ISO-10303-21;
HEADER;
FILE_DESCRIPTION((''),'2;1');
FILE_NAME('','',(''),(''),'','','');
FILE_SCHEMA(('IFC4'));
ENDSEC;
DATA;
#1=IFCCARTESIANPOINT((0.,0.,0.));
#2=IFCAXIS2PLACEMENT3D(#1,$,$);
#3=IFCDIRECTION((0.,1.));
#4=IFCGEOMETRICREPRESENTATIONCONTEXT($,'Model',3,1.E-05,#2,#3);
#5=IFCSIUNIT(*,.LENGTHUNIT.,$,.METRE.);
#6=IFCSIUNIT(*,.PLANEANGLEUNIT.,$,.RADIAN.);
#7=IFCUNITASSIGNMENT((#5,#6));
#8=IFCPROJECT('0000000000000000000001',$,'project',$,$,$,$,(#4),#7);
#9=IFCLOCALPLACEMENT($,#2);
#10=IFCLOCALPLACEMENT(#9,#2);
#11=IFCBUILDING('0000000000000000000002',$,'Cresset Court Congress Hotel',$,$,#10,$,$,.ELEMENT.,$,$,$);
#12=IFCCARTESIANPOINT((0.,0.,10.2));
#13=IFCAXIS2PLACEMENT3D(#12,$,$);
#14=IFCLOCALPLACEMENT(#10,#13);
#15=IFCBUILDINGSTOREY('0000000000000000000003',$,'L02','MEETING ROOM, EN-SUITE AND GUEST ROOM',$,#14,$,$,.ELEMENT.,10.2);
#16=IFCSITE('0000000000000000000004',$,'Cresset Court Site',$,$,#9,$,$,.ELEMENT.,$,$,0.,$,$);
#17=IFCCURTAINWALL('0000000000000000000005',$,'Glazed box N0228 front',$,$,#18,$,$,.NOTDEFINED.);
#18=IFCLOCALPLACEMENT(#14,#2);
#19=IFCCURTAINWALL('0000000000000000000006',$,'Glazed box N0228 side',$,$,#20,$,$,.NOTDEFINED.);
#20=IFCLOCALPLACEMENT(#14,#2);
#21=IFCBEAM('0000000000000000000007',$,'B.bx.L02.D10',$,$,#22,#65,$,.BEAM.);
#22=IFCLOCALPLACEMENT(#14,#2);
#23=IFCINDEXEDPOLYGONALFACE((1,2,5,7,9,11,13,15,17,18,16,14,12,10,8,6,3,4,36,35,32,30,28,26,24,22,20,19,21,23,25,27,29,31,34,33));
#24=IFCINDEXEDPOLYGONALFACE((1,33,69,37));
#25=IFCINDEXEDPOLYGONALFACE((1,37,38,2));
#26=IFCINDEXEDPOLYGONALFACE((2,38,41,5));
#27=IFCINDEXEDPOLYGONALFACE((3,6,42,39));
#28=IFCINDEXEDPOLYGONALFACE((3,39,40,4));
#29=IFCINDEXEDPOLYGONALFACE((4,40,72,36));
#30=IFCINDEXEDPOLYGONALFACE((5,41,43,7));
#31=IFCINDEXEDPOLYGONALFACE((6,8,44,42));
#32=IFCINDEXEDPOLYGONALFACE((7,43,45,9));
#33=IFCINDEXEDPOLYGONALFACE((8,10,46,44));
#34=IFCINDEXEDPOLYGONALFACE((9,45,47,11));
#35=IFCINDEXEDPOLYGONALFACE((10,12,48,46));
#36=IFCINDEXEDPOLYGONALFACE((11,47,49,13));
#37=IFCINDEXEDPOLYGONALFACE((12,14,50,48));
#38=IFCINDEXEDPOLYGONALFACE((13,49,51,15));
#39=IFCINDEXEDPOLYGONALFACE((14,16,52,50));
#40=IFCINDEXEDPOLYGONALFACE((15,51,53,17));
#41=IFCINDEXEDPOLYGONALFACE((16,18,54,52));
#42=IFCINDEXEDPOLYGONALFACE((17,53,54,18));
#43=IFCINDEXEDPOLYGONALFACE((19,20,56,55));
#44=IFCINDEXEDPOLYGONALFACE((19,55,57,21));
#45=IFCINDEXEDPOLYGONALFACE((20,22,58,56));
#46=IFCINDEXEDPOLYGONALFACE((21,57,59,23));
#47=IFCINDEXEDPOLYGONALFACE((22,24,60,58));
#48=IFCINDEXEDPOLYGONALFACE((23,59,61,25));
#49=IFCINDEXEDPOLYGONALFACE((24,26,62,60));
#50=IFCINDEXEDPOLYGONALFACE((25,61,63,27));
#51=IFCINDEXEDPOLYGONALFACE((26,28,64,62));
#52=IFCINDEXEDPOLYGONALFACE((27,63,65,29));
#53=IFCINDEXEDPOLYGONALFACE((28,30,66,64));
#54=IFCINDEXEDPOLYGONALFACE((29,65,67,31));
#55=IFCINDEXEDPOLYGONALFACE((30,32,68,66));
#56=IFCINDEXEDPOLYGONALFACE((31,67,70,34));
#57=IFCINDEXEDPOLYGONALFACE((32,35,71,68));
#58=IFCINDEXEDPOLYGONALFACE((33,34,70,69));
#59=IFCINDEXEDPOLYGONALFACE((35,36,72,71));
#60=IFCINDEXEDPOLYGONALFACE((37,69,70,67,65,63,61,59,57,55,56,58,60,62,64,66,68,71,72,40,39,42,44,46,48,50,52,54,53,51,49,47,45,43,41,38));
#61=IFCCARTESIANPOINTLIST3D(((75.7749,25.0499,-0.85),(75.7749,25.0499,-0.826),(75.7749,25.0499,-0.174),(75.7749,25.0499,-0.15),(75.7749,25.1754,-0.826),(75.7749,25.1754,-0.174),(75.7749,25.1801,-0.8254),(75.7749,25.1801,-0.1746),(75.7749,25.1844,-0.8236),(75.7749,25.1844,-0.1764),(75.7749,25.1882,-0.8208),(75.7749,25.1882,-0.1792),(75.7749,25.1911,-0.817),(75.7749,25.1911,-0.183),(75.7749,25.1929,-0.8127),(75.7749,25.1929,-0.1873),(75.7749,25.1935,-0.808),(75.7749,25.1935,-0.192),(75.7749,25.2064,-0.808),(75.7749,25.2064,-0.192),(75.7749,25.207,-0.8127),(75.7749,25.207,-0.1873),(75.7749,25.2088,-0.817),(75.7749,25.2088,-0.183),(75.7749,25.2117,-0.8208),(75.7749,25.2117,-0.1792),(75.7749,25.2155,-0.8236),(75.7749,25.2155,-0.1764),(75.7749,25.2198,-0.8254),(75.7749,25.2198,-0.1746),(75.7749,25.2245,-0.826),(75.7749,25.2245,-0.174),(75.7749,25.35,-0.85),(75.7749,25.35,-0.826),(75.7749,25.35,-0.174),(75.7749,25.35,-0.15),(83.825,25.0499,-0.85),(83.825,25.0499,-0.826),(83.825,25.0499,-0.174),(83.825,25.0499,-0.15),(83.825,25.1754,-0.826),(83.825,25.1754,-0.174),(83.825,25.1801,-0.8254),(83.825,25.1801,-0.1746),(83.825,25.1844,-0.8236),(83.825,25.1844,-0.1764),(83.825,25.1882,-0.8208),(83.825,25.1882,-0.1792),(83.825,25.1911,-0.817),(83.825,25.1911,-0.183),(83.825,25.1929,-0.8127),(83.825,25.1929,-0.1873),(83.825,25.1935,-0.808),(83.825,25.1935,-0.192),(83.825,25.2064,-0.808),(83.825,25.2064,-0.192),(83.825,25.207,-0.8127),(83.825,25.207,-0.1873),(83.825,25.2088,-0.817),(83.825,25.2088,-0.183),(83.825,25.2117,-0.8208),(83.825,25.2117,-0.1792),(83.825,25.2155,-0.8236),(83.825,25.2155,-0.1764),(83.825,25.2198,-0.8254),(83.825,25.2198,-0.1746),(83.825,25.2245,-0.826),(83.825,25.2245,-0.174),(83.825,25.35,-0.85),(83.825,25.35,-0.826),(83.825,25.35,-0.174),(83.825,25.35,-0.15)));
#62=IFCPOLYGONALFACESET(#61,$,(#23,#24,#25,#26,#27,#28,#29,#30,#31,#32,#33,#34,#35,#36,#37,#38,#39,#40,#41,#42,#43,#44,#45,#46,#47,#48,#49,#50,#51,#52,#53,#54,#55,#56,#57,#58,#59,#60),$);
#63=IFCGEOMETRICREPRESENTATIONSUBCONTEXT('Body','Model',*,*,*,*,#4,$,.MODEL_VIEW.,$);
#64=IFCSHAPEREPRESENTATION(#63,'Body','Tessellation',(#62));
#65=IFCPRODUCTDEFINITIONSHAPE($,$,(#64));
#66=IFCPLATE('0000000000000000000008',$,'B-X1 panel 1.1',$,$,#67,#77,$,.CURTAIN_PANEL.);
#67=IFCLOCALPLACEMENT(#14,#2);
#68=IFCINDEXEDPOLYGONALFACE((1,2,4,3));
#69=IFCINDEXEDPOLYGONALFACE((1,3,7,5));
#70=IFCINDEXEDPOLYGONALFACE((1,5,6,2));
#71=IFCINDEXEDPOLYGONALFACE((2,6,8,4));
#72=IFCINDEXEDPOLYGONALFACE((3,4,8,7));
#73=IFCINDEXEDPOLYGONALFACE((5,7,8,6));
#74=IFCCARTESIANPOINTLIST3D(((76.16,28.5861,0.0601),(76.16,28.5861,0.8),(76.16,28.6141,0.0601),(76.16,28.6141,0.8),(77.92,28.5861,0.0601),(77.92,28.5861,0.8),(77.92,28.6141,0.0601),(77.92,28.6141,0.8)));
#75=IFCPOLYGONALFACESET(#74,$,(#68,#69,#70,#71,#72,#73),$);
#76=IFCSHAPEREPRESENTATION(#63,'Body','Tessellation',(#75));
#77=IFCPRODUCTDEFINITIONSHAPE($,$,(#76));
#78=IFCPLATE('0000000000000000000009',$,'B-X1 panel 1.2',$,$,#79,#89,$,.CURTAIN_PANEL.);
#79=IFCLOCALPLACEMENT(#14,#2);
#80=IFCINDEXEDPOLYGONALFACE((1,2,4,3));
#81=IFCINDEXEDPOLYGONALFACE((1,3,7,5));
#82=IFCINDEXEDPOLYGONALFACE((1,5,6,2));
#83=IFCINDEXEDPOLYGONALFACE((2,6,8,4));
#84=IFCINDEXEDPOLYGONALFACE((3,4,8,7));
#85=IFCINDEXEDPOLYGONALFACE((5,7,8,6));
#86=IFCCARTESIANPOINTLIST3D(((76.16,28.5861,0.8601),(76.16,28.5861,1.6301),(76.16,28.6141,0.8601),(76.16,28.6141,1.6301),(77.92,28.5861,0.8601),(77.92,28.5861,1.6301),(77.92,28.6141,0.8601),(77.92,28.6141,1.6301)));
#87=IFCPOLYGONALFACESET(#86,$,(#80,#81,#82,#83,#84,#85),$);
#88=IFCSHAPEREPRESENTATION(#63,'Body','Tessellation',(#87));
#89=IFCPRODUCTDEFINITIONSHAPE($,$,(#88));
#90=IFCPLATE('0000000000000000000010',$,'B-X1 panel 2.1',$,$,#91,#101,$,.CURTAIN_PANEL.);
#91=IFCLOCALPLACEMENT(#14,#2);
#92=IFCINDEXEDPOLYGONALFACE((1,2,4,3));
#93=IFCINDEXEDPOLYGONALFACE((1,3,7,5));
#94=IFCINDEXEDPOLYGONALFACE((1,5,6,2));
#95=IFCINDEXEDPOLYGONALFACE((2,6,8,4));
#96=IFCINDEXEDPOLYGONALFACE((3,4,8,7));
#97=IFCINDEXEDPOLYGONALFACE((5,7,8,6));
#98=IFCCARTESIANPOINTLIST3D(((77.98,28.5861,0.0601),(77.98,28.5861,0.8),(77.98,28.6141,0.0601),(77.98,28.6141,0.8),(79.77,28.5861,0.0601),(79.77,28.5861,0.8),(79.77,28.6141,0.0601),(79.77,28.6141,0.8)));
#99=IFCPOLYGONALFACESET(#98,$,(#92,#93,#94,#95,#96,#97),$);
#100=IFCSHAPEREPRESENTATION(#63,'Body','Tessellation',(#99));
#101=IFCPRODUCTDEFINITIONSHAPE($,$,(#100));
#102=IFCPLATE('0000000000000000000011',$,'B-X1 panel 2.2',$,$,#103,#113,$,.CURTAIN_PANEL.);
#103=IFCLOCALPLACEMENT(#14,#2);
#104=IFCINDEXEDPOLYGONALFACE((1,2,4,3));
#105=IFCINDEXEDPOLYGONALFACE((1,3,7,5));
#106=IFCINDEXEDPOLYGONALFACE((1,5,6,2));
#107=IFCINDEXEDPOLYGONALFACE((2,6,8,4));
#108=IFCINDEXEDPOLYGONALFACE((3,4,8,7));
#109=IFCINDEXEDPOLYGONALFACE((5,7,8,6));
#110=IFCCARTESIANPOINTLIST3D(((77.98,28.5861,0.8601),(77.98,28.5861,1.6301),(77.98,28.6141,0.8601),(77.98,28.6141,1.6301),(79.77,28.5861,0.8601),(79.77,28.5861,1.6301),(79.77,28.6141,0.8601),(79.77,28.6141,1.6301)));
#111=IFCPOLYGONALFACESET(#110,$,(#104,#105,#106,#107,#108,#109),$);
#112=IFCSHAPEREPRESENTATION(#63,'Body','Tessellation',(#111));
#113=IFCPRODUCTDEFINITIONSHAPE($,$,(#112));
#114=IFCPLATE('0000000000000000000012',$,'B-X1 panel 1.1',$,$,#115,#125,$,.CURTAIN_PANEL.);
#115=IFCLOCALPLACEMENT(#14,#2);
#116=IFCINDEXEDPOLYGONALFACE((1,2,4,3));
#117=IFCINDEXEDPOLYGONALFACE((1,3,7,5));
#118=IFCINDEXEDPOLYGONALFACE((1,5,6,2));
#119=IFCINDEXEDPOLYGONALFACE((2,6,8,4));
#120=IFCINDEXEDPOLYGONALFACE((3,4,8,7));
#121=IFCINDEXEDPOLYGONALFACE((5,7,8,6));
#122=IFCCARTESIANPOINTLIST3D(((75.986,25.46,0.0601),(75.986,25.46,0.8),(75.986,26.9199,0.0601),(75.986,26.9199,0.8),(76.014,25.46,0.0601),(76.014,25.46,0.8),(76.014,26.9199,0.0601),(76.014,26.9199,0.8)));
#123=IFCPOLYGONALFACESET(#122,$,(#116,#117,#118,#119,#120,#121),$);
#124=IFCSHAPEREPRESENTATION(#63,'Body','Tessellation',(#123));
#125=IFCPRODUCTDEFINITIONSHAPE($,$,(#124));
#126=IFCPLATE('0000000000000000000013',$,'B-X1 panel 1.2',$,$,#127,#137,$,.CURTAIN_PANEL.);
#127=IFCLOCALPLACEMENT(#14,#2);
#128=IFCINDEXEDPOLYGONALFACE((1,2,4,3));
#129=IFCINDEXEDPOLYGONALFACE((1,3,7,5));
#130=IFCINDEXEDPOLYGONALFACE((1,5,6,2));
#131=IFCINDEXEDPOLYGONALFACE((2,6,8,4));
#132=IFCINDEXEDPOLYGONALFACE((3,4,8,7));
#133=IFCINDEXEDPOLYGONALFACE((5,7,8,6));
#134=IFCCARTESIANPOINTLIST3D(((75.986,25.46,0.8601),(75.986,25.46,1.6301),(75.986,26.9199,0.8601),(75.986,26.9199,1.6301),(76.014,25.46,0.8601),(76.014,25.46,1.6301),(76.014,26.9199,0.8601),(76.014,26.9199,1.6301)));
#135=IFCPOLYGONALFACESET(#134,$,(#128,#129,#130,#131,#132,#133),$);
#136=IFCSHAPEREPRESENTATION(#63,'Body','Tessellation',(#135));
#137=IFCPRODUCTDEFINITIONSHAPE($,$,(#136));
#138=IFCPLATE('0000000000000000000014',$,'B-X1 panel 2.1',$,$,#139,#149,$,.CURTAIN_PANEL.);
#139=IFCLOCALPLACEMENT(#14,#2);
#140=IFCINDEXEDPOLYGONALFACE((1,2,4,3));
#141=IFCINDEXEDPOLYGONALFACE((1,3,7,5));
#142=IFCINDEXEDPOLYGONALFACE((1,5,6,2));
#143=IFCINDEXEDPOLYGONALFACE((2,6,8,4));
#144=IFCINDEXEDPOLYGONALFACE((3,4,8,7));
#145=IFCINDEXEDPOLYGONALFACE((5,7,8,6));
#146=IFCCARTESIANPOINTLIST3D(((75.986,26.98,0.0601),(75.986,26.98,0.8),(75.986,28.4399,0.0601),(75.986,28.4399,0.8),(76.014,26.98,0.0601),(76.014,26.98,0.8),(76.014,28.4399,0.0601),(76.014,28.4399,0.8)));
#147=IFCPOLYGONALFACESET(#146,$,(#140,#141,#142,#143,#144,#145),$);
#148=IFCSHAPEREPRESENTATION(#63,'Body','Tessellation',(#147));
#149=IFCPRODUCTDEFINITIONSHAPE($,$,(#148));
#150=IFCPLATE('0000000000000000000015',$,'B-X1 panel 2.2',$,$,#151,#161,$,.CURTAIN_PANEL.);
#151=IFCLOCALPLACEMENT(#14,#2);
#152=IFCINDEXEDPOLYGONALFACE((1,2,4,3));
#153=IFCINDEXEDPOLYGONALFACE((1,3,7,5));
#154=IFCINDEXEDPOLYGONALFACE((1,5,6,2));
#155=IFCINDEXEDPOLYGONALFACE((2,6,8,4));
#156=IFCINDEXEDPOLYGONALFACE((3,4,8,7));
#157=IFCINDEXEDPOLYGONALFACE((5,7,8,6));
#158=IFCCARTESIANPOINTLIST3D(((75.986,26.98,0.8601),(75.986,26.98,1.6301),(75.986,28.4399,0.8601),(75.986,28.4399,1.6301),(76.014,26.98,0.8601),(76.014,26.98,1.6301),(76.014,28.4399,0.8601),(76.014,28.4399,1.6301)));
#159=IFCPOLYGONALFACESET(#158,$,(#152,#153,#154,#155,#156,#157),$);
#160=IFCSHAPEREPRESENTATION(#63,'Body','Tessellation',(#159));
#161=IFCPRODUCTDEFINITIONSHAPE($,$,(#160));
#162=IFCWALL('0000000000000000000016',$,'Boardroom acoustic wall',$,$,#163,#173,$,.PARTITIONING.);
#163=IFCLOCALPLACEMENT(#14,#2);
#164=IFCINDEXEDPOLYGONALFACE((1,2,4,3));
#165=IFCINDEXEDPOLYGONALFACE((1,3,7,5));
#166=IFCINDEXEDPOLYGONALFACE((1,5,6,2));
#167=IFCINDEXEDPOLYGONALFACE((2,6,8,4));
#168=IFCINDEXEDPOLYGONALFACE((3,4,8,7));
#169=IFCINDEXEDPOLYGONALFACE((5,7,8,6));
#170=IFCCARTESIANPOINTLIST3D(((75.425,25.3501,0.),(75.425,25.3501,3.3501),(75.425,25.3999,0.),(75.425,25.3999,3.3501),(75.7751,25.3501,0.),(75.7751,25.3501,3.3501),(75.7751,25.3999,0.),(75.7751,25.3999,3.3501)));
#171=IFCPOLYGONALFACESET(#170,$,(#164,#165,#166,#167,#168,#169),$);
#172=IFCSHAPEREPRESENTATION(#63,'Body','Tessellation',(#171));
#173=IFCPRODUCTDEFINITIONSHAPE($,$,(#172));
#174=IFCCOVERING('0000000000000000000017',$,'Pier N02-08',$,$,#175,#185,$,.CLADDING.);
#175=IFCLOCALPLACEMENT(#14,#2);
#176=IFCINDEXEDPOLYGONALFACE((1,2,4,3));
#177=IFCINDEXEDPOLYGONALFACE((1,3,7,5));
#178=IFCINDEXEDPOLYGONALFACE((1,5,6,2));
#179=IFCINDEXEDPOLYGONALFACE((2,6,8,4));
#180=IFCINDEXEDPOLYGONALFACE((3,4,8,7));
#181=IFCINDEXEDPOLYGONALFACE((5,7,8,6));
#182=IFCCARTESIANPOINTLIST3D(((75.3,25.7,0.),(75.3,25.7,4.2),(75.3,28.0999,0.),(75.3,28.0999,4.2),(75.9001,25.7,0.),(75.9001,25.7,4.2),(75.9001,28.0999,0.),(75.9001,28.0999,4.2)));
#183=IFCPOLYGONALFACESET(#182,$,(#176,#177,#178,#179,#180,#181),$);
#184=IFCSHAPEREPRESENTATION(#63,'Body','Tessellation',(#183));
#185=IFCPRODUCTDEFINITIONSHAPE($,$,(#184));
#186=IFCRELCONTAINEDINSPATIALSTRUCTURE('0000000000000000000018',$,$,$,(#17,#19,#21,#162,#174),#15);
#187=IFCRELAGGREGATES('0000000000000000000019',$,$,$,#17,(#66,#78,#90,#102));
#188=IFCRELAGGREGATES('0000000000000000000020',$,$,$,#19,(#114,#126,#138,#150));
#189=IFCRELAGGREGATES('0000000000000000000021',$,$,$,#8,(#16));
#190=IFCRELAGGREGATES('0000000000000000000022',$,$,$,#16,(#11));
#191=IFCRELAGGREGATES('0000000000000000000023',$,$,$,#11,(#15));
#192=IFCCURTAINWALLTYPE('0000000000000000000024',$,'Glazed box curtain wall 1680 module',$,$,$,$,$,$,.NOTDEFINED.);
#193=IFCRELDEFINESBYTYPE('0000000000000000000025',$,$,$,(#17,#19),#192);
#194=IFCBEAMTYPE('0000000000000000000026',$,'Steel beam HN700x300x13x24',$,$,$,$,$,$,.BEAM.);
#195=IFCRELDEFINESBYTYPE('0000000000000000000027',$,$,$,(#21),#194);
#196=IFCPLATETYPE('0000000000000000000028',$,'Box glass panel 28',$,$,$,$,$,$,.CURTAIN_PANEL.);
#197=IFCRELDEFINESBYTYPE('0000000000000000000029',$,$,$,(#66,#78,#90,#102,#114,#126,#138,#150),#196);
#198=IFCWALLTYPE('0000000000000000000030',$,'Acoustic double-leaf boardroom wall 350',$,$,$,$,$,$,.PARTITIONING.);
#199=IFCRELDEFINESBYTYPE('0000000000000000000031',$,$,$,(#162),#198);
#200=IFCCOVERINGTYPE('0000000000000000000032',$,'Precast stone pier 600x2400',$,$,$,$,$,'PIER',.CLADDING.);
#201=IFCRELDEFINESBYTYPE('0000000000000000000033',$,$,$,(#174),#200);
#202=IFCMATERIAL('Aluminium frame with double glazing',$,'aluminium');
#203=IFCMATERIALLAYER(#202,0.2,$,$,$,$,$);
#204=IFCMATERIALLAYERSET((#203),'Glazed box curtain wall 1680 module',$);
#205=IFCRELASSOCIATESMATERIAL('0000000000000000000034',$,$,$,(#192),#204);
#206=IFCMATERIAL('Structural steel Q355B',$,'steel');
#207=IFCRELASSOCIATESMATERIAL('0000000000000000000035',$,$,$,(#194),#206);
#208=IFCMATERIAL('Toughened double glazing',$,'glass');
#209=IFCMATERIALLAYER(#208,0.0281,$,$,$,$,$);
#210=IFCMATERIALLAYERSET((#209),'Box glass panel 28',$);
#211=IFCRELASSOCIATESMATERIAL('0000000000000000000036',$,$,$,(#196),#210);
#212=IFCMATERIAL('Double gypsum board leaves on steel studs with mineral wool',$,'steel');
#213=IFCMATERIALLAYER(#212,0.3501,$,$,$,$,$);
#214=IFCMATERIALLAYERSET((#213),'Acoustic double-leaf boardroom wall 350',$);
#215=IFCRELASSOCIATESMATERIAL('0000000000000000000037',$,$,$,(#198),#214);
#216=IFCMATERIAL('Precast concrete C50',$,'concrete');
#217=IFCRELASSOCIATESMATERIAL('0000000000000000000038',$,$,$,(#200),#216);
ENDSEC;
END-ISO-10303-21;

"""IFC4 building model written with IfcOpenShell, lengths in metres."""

from ifc_helpers import new_model, si_unit, direction, frame, frame_2d, origin, origin_2d, place, context, subcontext, project, spatial, rectangle, i_section, extrude, material, layer, layer_set, material_profile, profile_set, type_object, element, aggregate, save


model = new_model("IFC4")

# Units and contexts
model_context = context("Model", 3, precision=1e-05, world=origin(), true_north=direction((0.0, 1.0)))
body_context = subcontext(model_context, "Body", "Model", "MODEL_VIEW")
ifc_project = project(units=[si_unit("LENGTHUNIT", "METRE"), si_unit("PLANEANGLEUNIT", "RADIAN")], contexts=[model_context])

# Site, building, storey
site_placement = place(None, origin())
site = spatial("IfcSite", under=ifc_project, at=site_placement, Name="Cresset Court Site", CompositionType="ELEMENT", RefElevation=0.0)
building_placement = place(site_placement, origin())
building = spatial("IfcBuilding", under=site, at=building_placement, Name="Cresset Court Congress Hotel", CompositionType="ELEMENT")
storey_placement = place(building_placement, frame((0.0, 0.0, 10.2)))
storey = spatial("IfcBuildingStorey", under=building, at=storey_placement, Name="L02", Description="MEETING ROOM, EN-SUITE AND GUEST ROOM", CompositionType="ELEMENT", Elevation=10.2)

# Curtain walls
ifc_material_1 = material(Name="Aluminium frame with double glazing", Category="aluminium")
ifc_layer_1 = layer(ifc_material_1, 0.2)
ifc_layer_set_1 = layer_set([ifc_layer_1], Name="Glazed box curtain wall 1680 module")
curtain_wall_type = type_object("IfcCurtainWallType", Name="Glazed box curtain wall 1680 module", PredefinedType="NOTDEFINED", material=ifc_layer_set_1)
curtain_wall_1_placement = place(storey_placement, origin())
curtain_wall_1 = element("IfcCurtainWall", 1, at=curtain_wall_1_placement, inside=storey, type_object=curtain_wall_type, Name="Glazed box N0228 front", PredefinedType="NOTDEFINED")
curtain_wall_2_placement = place(storey_placement, origin())
curtain_wall_2 = element("IfcCurtainWall", 2, at=curtain_wall_2_placement, inside=storey, type_object=curtain_wall_type, Name="Glazed box N0228 side", PredefinedType="NOTDEFINED")

# Beam
ifc_material_2 = material(Name="Structural steel Q355B", Category="steel")
ifc_material_profile_1 = material_profile(ifc_material_2, i_section(OverallWidth=0.3, OverallDepth=0.7, WebThickness=0.0129, FlangeThickness=0.0239, FilletRadius=0.0181, at=origin_2d()), Name="HN700x300x13x24")
ifc_profile_set_1 = profile_set([ifc_material_profile_1], Name="Structural steel Q355B")
beam_type = type_object("IfcBeamType", Name="Steel beam HN700x300x13x24", PredefinedType="BEAM", material=ifc_profile_set_1)
beam_placement = place(storey_placement, frame((75.7749, 25.2, -0.5), z_axis=(1.0, 0.0, 0.0), x_axis=(0.0, 1.0, 0.0)))
element("IfcBeam", 3, at=beam_placement, inside=storey, type_object=beam_type, Name="B.bx.L02.D10", PredefinedType="BEAM", context=body_context, shape_type="SweptSolid", body=[
    extrude(i_section(OverallWidth=0.3, OverallDepth=0.7, WebThickness=0.0129, FlangeThickness=0.0239, FilletRadius=0.0181, at=origin_2d()), origin(), (0.0, 0.0, 1.0), 8.05),
])

# Plates
ifc_material_3 = material(Name="Toughened double glazing", Category="glass")
ifc_layer_2 = layer(ifc_material_3, 0.0281)
ifc_layer_set_2 = layer_set([ifc_layer_2], Name="Box glass panel 28")
plate_type = type_object("IfcPlateType", Name="Box glass panel 28", PredefinedType="CURTAIN_PANEL", material=ifc_layer_set_2)
plate_1_placement = place(storey_placement, frame((77.04, 28.6001, 0.0601), z_axis=(0.0, 0.0, 1.0), x_axis=(1.0, 0.0, 0.0)))
plate_1 = element("IfcPlate", 4, at=plate_1_placement, type_object=plate_type, Name="B-X1 panel 1.1", PredefinedType="CURTAIN_PANEL", context=body_context, shape_type="SweptSolid", body=[
    extrude(rectangle(XDim=1.76, YDim=0.0281, at=origin_2d()), origin(), (0.0, 0.0, 1.0), 0.74),
])
plate_2_placement = place(storey_placement, frame((77.04, 28.6001, 0.8601), z_axis=(0.0, 0.0, 1.0), x_axis=(1.0, 0.0, 0.0)))
plate_2 = element("IfcPlate", 5, at=plate_2_placement, type_object=plate_type, Name="B-X1 panel 1.2", PredefinedType="CURTAIN_PANEL", context=body_context, shape_type="SweptSolid", body=[
    extrude(rectangle(XDim=1.76, YDim=0.0281, at=origin_2d()), origin(), (0.0, 0.0, 1.0), 0.77),
])
plate_3_placement = place(storey_placement, frame((78.875, 28.6001, 0.0601), z_axis=(0.0, 0.0, 1.0), x_axis=(1.0, 0.0, 0.0)))
plate_3 = element("IfcPlate", 6, at=plate_3_placement, type_object=plate_type, Name="B-X1 panel 2.1", PredefinedType="CURTAIN_PANEL", context=body_context, shape_type="SweptSolid", body=[
    extrude(rectangle(XDim=1.79, YDim=0.0281, at=origin_2d()), origin(), (0.0, 0.0, 1.0), 0.74),
])
plate_4_placement = place(storey_placement, frame((78.875, 28.6001, 0.8601), z_axis=(0.0, 0.0, 1.0), x_axis=(1.0, 0.0, 0.0)))
plate_4 = element("IfcPlate", 7, at=plate_4_placement, type_object=plate_type, Name="B-X1 panel 2.2", PredefinedType="CURTAIN_PANEL", context=body_context, shape_type="SweptSolid", body=[
    extrude(rectangle(XDim=1.79, YDim=0.0281, at=origin_2d()), origin(), (0.0, 0.0, 1.0), 0.77),
])
aggregate(curtain_wall_1, [plate_1, plate_2, plate_3, plate_4])
plate_5_placement = place(storey_placement, frame((76.0, 26.1899, 0.0601), z_axis=(0.0, 0.0, 1.0), x_axis=(0.0, 1.0, 0.0)))
plate_5 = element("IfcPlate", 8, at=plate_5_placement, type_object=plate_type, Name="B-X1 panel 1.1", PredefinedType="CURTAIN_PANEL", context=body_context, shape_type="SweptSolid", body=[
    extrude(rectangle(XDim=1.46, YDim=0.0281, at=origin_2d()), origin(), (0.0, 0.0, 1.0), 0.74),
])
plate_6_placement = place(storey_placement, frame((76.0, 26.1899, 0.8601), z_axis=(0.0, 0.0, 1.0), x_axis=(0.0, 1.0, 0.0)))
plate_6 = element("IfcPlate", 9, at=plate_6_placement, type_object=plate_type, Name="B-X1 panel 1.2", PredefinedType="CURTAIN_PANEL", context=body_context, shape_type="SweptSolid", body=[
    extrude(rectangle(XDim=1.46, YDim=0.0281, at=origin_2d()), origin(), (0.0, 0.0, 1.0), 0.77),
])
plate_7_placement = place(storey_placement, frame((76.0, 27.71, 0.0601), z_axis=(0.0, 0.0, 1.0), x_axis=(0.0, 1.0, 0.0)))
plate_7 = element("IfcPlate", 10, at=plate_7_placement, type_object=plate_type, Name="B-X1 panel 2.1", PredefinedType="CURTAIN_PANEL", context=body_context, shape_type="SweptSolid", body=[
    extrude(rectangle(XDim=1.46, YDim=0.0281, at=origin_2d()), origin(), (0.0, 0.0, 1.0), 0.74),
])
plate_8_placement = place(storey_placement, frame((76.0, 27.71, 0.8601), z_axis=(0.0, 0.0, 1.0), x_axis=(0.0, 1.0, 0.0)))
plate_8 = element("IfcPlate", 11, at=plate_8_placement, type_object=plate_type, Name="B-X1 panel 2.2", PredefinedType="CURTAIN_PANEL", context=body_context, shape_type="SweptSolid", body=[
    extrude(rectangle(XDim=1.46, YDim=0.0281, at=origin_2d()), origin(), (0.0, 0.0, 1.0), 0.77),
])
aggregate(curtain_wall_2, [plate_5, plate_6, plate_7, plate_8])

# Wall
ifc_material_4 = material(Name="Double gypsum board leaves on steel studs with mineral wool", Category="steel")
ifc_layer_3 = layer(ifc_material_4, 0.3501)
ifc_layer_set_3 = layer_set([ifc_layer_3], Name="Acoustic double-leaf boardroom wall 350")
wall_type = type_object("IfcWallType", Name="Acoustic double-leaf boardroom wall 350", PredefinedType="PARTITIONING", material=ifc_layer_set_3)
wall_placement = place(storey_placement, frame((75.6001, 25.3501, 0.0), z_axis=(0.0, 0.0, 1.0), x_axis=(0.0, 1.0, 0.0)))
element("IfcWall", 12, at=wall_placement, inside=storey, type_object=wall_type, Name="Boardroom acoustic wall", PredefinedType="PARTITIONING", context=body_context, shape_type="SweptSolid", body=[
    extrude(rectangle(XDim=0.0498, YDim=0.3501, at=frame_2d((0.0249, 0.0))), origin(), (0.0, 0.0, 1.0), 3.3501),
])

# Covering
ifc_material_5 = material(Name="Precast concrete C50", Category="concrete")
covering_type = type_object("IfcCoveringType", Name="Precast stone pier 600x2400", ElementType="PIER", PredefinedType="CLADDING", material=ifc_material_5)
covering_placement = place(storey_placement, frame((75.6001, 26.8999, 0.0), z_axis=(0.0, 0.0, 1.0), x_axis=(1.0, 0.0, 0.0)))
element("IfcCovering", 13, at=covering_placement, inside=storey, type_object=covering_type, Name="Pier N02-08", PredefinedType="CLADDING", context=body_context, shape_type="SweptSolid", body=[
    extrude(rectangle(XDim=0.6001, YDim=2.3999, at=origin_2d()), origin(), (0.0, 0.0, 1.0), 4.2),
])

save(model, "model.ifc")
